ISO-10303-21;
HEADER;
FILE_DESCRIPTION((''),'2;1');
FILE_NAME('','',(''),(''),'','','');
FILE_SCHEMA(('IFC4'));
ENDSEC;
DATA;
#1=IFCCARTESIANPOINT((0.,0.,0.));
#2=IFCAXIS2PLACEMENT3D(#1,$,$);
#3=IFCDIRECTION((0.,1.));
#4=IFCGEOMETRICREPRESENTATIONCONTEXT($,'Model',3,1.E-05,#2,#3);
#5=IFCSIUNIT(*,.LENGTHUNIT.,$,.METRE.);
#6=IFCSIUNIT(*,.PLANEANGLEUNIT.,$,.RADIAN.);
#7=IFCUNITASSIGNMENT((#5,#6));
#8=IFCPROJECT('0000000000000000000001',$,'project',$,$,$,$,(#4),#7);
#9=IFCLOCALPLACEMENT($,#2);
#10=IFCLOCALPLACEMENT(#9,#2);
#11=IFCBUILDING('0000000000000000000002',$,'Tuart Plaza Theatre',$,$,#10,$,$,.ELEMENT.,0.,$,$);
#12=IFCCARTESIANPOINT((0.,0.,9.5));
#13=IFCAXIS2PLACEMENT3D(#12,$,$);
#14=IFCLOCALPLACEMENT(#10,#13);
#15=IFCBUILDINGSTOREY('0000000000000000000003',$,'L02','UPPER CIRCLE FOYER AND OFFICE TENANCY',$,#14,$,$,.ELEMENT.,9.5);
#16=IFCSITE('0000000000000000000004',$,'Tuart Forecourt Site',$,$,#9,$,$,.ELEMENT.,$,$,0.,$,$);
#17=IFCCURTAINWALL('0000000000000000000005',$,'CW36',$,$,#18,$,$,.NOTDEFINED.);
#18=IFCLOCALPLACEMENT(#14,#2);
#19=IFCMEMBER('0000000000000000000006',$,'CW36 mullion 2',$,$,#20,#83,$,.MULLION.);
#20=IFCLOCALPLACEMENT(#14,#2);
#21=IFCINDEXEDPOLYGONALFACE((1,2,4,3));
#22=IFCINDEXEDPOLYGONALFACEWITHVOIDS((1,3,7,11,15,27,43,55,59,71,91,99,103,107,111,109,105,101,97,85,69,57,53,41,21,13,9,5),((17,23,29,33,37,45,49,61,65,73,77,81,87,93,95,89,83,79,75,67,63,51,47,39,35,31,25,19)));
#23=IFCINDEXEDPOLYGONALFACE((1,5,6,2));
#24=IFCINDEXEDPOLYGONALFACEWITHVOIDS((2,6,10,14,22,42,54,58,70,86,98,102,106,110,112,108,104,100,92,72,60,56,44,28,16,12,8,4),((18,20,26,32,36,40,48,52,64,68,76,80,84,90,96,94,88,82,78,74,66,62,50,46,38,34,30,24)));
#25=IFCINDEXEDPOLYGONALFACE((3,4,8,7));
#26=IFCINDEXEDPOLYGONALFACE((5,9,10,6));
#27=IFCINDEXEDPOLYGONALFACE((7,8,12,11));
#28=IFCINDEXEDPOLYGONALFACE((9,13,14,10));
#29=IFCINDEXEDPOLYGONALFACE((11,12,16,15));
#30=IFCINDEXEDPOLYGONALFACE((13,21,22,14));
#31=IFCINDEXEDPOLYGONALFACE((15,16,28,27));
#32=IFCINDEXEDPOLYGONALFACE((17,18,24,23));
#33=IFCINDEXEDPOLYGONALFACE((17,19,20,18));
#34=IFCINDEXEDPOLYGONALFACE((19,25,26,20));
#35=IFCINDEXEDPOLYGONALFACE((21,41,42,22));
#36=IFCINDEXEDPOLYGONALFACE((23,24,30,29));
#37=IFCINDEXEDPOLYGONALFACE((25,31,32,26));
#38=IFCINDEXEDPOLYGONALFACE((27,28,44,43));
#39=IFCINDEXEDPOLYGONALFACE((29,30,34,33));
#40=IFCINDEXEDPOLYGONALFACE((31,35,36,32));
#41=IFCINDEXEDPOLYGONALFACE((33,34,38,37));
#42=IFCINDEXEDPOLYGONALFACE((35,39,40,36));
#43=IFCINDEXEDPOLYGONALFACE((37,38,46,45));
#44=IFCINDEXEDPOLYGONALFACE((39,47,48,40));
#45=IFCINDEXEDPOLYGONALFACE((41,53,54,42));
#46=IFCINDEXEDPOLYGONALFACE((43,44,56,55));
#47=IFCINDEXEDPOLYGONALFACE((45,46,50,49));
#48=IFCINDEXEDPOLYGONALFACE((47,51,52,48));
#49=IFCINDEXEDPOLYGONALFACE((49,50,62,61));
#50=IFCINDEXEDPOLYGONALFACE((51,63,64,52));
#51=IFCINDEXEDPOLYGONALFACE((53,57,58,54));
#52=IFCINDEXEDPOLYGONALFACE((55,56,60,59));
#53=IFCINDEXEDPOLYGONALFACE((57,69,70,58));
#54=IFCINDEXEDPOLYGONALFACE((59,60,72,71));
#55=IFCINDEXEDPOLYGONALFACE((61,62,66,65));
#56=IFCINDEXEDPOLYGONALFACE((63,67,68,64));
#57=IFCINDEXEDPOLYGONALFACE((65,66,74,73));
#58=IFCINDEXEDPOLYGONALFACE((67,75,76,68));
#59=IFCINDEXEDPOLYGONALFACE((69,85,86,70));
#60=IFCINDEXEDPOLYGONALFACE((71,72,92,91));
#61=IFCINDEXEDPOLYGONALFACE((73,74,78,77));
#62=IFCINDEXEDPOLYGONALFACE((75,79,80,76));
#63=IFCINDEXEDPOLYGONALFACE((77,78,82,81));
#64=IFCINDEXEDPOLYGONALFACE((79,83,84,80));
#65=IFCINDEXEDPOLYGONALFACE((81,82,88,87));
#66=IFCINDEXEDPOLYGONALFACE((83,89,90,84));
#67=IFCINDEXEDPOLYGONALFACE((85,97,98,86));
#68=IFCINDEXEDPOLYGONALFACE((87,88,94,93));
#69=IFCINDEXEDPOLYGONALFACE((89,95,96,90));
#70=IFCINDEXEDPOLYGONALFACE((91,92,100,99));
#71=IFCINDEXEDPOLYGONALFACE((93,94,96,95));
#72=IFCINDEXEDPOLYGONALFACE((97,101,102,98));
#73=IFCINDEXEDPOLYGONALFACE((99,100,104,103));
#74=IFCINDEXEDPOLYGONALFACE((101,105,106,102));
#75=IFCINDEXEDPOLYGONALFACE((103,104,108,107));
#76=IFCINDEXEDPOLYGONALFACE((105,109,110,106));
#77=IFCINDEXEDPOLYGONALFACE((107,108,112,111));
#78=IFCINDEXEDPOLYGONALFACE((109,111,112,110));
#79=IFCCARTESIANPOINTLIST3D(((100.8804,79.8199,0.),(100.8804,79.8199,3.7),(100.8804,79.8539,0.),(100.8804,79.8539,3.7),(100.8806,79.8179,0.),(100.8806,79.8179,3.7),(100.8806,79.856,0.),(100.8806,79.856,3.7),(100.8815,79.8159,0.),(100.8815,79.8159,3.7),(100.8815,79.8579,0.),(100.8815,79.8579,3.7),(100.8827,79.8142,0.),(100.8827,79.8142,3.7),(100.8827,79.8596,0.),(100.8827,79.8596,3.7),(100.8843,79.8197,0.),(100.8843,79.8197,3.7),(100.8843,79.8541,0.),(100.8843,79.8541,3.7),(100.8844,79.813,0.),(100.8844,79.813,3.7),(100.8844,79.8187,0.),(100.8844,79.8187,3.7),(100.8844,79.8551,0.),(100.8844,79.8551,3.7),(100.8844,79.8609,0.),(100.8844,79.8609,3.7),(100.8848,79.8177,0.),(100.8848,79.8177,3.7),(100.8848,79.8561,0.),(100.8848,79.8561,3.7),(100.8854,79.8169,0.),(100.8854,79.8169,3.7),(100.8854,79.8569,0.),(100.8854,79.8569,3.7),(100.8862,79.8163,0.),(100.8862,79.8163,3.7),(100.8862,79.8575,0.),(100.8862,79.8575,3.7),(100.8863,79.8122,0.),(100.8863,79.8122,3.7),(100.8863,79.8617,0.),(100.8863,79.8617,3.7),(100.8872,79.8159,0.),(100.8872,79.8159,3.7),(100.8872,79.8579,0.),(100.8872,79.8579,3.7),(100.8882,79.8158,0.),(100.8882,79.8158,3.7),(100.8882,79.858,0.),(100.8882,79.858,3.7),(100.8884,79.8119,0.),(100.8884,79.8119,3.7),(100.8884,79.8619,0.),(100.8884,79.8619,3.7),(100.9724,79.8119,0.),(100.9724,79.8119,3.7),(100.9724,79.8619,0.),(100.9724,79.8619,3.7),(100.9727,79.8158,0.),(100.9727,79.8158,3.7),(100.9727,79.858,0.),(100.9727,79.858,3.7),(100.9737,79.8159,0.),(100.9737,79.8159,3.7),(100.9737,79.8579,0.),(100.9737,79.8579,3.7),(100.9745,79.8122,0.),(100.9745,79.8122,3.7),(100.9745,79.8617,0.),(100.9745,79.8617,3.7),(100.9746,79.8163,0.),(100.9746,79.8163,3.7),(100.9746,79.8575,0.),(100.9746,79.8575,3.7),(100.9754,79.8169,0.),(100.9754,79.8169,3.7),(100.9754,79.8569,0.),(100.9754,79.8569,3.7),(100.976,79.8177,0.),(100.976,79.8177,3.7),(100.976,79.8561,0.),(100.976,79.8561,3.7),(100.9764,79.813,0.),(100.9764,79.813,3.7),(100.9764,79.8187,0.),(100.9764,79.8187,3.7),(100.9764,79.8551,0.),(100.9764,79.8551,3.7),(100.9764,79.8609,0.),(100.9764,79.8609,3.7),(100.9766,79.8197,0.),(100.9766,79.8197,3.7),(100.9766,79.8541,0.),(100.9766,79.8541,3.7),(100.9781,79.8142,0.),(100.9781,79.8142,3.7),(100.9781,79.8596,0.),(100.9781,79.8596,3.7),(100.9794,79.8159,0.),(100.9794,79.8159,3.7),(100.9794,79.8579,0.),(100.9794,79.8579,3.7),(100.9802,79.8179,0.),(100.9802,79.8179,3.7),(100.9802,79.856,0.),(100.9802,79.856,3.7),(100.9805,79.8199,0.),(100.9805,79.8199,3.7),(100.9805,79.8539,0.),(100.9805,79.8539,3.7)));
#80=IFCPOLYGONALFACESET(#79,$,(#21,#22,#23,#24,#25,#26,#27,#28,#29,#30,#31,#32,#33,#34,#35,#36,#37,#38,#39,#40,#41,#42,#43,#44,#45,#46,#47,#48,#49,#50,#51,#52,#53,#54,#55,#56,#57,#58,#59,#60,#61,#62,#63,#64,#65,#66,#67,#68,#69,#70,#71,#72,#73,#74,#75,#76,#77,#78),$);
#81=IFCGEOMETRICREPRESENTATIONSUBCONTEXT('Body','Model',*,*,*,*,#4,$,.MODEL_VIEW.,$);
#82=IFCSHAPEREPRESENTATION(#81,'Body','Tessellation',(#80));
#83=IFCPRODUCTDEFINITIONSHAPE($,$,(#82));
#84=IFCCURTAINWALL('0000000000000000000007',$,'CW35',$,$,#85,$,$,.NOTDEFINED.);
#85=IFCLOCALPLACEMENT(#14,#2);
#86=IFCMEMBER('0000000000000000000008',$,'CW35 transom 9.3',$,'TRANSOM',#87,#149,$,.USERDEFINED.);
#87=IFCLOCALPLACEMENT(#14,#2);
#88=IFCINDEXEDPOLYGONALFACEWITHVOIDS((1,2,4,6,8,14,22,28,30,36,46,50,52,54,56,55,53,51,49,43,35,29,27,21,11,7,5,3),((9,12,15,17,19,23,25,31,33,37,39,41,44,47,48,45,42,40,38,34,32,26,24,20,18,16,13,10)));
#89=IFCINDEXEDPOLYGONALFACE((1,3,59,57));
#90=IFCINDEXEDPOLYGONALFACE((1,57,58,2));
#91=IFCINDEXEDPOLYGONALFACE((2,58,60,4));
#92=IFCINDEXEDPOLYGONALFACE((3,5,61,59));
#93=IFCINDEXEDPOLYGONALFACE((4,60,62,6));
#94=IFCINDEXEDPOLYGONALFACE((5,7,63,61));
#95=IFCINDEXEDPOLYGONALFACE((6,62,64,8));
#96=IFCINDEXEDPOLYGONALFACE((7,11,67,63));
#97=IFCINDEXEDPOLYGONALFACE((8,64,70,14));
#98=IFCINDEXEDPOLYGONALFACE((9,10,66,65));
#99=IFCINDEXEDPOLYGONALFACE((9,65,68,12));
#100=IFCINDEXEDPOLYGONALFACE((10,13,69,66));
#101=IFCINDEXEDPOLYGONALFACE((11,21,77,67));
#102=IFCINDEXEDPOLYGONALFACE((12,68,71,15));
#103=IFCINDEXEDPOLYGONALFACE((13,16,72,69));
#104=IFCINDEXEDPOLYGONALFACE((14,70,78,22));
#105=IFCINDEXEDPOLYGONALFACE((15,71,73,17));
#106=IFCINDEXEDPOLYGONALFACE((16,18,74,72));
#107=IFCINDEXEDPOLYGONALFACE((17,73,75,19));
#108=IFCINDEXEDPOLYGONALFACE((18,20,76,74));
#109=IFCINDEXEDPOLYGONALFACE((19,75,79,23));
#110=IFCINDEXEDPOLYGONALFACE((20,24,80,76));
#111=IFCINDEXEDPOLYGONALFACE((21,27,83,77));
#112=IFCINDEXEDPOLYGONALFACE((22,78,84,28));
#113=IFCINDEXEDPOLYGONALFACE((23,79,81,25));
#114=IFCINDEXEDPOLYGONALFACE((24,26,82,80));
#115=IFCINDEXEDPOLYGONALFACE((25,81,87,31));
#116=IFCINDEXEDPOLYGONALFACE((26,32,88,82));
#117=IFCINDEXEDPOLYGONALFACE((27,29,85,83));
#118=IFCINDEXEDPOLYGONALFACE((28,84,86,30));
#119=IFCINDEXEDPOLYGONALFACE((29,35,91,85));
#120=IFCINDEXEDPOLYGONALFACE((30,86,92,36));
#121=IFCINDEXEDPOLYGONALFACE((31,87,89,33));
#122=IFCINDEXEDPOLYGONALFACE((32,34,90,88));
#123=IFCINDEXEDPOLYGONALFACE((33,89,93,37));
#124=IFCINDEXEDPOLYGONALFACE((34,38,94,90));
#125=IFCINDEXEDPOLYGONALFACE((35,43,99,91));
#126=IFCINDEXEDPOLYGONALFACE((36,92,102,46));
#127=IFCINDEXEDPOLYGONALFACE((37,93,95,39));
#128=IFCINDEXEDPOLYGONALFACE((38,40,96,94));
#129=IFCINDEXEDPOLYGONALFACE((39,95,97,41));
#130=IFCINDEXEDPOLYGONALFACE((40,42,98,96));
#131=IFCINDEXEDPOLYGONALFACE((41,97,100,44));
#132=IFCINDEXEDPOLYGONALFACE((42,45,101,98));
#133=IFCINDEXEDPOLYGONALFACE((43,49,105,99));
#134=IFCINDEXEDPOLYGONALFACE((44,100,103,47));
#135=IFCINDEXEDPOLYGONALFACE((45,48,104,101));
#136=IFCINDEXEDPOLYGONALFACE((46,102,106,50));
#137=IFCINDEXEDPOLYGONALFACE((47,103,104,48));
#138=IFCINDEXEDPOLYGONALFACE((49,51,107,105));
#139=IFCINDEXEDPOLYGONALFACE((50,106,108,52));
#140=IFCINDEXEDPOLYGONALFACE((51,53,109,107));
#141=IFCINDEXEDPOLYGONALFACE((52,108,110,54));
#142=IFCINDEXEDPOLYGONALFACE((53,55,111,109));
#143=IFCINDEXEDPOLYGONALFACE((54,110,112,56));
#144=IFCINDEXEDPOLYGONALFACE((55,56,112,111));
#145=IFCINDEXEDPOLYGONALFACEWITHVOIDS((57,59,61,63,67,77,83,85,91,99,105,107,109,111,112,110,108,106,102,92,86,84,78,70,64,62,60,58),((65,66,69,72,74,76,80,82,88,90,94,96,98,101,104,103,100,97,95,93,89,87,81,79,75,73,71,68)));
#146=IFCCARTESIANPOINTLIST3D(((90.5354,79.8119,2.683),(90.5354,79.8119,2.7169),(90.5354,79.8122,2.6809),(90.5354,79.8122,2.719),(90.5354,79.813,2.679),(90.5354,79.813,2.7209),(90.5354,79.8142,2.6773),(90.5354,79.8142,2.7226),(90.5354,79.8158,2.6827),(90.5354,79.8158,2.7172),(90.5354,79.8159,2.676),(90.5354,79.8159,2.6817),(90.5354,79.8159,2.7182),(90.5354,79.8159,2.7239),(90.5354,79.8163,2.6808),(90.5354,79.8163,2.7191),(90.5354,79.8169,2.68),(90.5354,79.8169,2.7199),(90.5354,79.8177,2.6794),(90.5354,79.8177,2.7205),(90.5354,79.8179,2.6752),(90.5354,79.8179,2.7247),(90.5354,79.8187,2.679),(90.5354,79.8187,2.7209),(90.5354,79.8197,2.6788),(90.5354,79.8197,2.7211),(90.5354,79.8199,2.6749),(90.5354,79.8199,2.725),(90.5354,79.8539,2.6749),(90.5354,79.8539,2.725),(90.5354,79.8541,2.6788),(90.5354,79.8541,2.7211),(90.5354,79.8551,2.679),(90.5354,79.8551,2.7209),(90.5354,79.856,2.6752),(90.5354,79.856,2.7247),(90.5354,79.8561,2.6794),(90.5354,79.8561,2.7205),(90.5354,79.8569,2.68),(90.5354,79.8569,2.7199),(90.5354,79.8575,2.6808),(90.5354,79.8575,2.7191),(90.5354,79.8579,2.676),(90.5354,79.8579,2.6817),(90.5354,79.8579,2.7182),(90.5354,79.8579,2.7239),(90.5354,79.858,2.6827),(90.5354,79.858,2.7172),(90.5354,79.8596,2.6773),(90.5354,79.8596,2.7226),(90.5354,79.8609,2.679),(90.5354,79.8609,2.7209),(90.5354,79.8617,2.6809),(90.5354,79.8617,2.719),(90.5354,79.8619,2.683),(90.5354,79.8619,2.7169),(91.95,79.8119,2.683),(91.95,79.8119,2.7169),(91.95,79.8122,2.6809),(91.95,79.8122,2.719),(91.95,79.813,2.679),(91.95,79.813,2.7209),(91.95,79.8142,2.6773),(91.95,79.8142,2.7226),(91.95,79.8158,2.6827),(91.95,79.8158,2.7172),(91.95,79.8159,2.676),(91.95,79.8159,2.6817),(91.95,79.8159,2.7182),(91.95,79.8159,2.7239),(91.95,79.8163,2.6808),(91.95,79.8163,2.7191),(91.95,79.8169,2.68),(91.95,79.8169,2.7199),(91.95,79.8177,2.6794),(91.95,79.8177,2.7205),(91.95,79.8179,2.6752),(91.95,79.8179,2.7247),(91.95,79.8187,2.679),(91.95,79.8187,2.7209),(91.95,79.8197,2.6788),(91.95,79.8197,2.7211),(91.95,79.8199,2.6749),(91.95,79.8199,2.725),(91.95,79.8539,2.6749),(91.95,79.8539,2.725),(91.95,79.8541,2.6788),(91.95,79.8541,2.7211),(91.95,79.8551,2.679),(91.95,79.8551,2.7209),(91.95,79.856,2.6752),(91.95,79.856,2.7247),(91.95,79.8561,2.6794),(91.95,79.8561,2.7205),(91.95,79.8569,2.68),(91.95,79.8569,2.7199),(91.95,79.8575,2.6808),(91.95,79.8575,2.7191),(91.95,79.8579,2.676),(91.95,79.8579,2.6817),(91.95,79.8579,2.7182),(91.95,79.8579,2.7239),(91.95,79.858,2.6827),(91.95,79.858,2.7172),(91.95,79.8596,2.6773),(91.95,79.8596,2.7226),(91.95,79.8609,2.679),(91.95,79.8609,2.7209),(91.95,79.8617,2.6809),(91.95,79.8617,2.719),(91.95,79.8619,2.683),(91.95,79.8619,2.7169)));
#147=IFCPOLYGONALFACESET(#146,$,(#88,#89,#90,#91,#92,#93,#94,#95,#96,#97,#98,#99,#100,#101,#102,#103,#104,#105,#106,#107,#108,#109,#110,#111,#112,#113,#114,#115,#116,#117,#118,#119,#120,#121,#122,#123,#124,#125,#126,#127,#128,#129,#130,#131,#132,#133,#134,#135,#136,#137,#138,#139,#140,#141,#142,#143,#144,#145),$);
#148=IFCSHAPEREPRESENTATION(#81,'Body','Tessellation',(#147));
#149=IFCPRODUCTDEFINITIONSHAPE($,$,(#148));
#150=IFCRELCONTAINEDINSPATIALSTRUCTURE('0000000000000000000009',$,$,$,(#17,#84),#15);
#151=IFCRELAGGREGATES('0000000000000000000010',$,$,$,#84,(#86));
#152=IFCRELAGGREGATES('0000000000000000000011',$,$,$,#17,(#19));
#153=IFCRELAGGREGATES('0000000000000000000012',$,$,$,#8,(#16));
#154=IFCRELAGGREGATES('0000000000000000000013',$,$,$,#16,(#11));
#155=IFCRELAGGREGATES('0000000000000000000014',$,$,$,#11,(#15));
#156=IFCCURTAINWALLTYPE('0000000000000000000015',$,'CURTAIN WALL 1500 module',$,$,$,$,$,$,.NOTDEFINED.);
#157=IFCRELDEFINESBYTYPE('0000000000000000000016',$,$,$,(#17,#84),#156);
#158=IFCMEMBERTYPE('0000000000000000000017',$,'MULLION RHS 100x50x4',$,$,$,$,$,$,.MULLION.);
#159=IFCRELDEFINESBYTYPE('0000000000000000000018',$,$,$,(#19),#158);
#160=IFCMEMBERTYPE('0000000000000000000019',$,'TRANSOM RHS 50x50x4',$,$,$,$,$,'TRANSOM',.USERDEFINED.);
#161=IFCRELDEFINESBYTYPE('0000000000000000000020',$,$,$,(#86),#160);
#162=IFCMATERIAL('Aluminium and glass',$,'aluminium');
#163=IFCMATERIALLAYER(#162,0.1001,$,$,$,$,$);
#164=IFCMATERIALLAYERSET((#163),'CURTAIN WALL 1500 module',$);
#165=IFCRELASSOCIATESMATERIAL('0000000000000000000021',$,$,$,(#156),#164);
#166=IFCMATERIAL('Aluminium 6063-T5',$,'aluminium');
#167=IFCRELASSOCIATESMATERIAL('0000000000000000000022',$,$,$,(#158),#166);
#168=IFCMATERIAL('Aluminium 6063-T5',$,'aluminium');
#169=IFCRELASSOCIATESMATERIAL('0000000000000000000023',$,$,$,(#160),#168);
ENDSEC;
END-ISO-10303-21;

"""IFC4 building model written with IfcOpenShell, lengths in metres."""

from ifc_helpers import new_model, si_unit, direction, frame, origin, origin_2d, place, context, subcontext, project, spatial, hollow_rectangle, extrude, material, layer, layer_set, material_profile, profile_set, type_object, element, aggregate, save


model = new_model("IFC4")

# Units and contexts
model_context = context("Model", 3, precision=1e-05, world=origin(), true_north=direction((0.0, 1.0)))
body_context = subcontext(model_context, "Body", "Model", "MODEL_VIEW")
ifc_project = project(units=[si_unit("LENGTHUNIT", "METRE"), si_unit("PLANEANGLEUNIT", "RADIAN")], contexts=[model_context])

# Site, building, storey
site_placement = place(None, origin())
site = spatial("IfcSite", under=ifc_project, at=site_placement, Name="Tuart Forecourt Site", CompositionType="ELEMENT", RefElevation=0.0)
building_placement = place(site_placement, origin())
building = spatial("IfcBuilding", under=site, at=building_placement, Name="Tuart Plaza Theatre", CompositionType="ELEMENT", ElevationOfRefHeight=0.0)
storey_placement = place(building_placement, frame((0.0, 0.0, 9.5)))
storey = spatial("IfcBuildingStorey", under=building, at=storey_placement, Name="L02", Description="UPPER CIRCLE FOYER AND OFFICE TENANCY", CompositionType="ELEMENT", Elevation=9.5)

# Curtain wall, member
ifc_material_1 = material(Name="Aluminium and glass", Category="aluminium")
ifc_layer_1 = layer(ifc_material_1, 0.1001)
ifc_layer_set_1 = layer_set([ifc_layer_1], Name="CURTAIN WALL 1500 module")
curtain_wall_type = type_object("IfcCurtainWallType", Name="CURTAIN WALL 1500 module", PredefinedType="NOTDEFINED", material=ifc_layer_set_1)
curtain_wall_1_placement = place(storey_placement, origin())
curtain_wall_1 = element("IfcCurtainWall", 1, at=curtain_wall_1_placement, inside=storey, type_object=curtain_wall_type, Name="CW36", PredefinedType="NOTDEFINED")
ifc_material_2 = material(Name="Aluminium 6063-T5", Category="aluminium")
ifc_material_profile_1 = material_profile(ifc_material_2, hollow_rectangle(XDim=0.05, YDim=0.1001, WallThickness=0.0039, InnerFilletRadius=0.0039, OuterFilletRadius=0.0081, at=origin_2d()), Name="RHS 100x50x4")
ifc_profile_set_1 = profile_set([ifc_material_profile_1], Name="Aluminium 6063-T5")
member_type_1 = type_object("IfcMemberType", Name="MULLION RHS 100x50x4", PredefinedType="MULLION", material=ifc_profile_set_1)
member_1_placement = place(storey_placement, frame((100.9304, 79.8369, 0.0), z_axis=(0.0, 0.0, 1.0), x_axis=(0.0, 1.0, 0.0)))
member_1 = element("IfcMember", 2, at=member_1_placement, type_object=member_type_1, Name="CW36 mullion 2", PredefinedType="MULLION", context=body_context, shape_type="SweptSolid", body=[
    extrude(hollow_rectangle(XDim=0.05, YDim=0.1001, WallThickness=0.0039, InnerFilletRadius=0.0039, OuterFilletRadius=0.0081, at=origin_2d()), origin(), (0.0, 0.0, 1.0), 3.7),
])

# Curtain wall, member
curtain_wall_2_placement = place(storey_placement, origin())
curtain_wall_2 = element("IfcCurtainWall", 3, at=curtain_wall_2_placement, inside=storey, type_object=curtain_wall_type, Name="CW35", PredefinedType="NOTDEFINED")
ifc_material_3 = material(Name="Aluminium 6063-T5", Category="aluminium")
ifc_material_profile_2 = material_profile(ifc_material_3, hollow_rectangle(XDim=0.05, YDim=0.05, WallThickness=0.0039, InnerFilletRadius=0.0039, OuterFilletRadius=0.0081, at=origin_2d()), Name="RHS 50x50x4")
ifc_profile_set_2 = profile_set([ifc_material_profile_2], Name="Aluminium 6063-T5")
member_type_2 = type_object("IfcMemberType", Name="TRANSOM RHS 50x50x4", ElementType="TRANSOM", PredefinedType="USERDEFINED", material=ifc_profile_set_2)
member_2_placement = place(storey_placement, frame((90.5354, 79.8369, 2.7), z_axis=(1.0, 0.0, 0.0), x_axis=(0.0, 1.0, 0.0)))
member_2 = element("IfcMember", 4, at=member_2_placement, type_object=member_type_2, Name="CW35 transom 9.3", ObjectType="TRANSOM", PredefinedType="USERDEFINED", context=body_context, shape_type="SweptSolid", body=[
    extrude(hollow_rectangle(XDim=0.05, YDim=0.05, WallThickness=0.0039, InnerFilletRadius=0.0039, OuterFilletRadius=0.0081, at=origin_2d()), origin(), (0.0, 0.0, 1.0), 1.4146),
])

aggregate(curtain_wall_2, [member_2])
aggregate(curtain_wall_1, [member_1])

save(model, "model.ifc")
